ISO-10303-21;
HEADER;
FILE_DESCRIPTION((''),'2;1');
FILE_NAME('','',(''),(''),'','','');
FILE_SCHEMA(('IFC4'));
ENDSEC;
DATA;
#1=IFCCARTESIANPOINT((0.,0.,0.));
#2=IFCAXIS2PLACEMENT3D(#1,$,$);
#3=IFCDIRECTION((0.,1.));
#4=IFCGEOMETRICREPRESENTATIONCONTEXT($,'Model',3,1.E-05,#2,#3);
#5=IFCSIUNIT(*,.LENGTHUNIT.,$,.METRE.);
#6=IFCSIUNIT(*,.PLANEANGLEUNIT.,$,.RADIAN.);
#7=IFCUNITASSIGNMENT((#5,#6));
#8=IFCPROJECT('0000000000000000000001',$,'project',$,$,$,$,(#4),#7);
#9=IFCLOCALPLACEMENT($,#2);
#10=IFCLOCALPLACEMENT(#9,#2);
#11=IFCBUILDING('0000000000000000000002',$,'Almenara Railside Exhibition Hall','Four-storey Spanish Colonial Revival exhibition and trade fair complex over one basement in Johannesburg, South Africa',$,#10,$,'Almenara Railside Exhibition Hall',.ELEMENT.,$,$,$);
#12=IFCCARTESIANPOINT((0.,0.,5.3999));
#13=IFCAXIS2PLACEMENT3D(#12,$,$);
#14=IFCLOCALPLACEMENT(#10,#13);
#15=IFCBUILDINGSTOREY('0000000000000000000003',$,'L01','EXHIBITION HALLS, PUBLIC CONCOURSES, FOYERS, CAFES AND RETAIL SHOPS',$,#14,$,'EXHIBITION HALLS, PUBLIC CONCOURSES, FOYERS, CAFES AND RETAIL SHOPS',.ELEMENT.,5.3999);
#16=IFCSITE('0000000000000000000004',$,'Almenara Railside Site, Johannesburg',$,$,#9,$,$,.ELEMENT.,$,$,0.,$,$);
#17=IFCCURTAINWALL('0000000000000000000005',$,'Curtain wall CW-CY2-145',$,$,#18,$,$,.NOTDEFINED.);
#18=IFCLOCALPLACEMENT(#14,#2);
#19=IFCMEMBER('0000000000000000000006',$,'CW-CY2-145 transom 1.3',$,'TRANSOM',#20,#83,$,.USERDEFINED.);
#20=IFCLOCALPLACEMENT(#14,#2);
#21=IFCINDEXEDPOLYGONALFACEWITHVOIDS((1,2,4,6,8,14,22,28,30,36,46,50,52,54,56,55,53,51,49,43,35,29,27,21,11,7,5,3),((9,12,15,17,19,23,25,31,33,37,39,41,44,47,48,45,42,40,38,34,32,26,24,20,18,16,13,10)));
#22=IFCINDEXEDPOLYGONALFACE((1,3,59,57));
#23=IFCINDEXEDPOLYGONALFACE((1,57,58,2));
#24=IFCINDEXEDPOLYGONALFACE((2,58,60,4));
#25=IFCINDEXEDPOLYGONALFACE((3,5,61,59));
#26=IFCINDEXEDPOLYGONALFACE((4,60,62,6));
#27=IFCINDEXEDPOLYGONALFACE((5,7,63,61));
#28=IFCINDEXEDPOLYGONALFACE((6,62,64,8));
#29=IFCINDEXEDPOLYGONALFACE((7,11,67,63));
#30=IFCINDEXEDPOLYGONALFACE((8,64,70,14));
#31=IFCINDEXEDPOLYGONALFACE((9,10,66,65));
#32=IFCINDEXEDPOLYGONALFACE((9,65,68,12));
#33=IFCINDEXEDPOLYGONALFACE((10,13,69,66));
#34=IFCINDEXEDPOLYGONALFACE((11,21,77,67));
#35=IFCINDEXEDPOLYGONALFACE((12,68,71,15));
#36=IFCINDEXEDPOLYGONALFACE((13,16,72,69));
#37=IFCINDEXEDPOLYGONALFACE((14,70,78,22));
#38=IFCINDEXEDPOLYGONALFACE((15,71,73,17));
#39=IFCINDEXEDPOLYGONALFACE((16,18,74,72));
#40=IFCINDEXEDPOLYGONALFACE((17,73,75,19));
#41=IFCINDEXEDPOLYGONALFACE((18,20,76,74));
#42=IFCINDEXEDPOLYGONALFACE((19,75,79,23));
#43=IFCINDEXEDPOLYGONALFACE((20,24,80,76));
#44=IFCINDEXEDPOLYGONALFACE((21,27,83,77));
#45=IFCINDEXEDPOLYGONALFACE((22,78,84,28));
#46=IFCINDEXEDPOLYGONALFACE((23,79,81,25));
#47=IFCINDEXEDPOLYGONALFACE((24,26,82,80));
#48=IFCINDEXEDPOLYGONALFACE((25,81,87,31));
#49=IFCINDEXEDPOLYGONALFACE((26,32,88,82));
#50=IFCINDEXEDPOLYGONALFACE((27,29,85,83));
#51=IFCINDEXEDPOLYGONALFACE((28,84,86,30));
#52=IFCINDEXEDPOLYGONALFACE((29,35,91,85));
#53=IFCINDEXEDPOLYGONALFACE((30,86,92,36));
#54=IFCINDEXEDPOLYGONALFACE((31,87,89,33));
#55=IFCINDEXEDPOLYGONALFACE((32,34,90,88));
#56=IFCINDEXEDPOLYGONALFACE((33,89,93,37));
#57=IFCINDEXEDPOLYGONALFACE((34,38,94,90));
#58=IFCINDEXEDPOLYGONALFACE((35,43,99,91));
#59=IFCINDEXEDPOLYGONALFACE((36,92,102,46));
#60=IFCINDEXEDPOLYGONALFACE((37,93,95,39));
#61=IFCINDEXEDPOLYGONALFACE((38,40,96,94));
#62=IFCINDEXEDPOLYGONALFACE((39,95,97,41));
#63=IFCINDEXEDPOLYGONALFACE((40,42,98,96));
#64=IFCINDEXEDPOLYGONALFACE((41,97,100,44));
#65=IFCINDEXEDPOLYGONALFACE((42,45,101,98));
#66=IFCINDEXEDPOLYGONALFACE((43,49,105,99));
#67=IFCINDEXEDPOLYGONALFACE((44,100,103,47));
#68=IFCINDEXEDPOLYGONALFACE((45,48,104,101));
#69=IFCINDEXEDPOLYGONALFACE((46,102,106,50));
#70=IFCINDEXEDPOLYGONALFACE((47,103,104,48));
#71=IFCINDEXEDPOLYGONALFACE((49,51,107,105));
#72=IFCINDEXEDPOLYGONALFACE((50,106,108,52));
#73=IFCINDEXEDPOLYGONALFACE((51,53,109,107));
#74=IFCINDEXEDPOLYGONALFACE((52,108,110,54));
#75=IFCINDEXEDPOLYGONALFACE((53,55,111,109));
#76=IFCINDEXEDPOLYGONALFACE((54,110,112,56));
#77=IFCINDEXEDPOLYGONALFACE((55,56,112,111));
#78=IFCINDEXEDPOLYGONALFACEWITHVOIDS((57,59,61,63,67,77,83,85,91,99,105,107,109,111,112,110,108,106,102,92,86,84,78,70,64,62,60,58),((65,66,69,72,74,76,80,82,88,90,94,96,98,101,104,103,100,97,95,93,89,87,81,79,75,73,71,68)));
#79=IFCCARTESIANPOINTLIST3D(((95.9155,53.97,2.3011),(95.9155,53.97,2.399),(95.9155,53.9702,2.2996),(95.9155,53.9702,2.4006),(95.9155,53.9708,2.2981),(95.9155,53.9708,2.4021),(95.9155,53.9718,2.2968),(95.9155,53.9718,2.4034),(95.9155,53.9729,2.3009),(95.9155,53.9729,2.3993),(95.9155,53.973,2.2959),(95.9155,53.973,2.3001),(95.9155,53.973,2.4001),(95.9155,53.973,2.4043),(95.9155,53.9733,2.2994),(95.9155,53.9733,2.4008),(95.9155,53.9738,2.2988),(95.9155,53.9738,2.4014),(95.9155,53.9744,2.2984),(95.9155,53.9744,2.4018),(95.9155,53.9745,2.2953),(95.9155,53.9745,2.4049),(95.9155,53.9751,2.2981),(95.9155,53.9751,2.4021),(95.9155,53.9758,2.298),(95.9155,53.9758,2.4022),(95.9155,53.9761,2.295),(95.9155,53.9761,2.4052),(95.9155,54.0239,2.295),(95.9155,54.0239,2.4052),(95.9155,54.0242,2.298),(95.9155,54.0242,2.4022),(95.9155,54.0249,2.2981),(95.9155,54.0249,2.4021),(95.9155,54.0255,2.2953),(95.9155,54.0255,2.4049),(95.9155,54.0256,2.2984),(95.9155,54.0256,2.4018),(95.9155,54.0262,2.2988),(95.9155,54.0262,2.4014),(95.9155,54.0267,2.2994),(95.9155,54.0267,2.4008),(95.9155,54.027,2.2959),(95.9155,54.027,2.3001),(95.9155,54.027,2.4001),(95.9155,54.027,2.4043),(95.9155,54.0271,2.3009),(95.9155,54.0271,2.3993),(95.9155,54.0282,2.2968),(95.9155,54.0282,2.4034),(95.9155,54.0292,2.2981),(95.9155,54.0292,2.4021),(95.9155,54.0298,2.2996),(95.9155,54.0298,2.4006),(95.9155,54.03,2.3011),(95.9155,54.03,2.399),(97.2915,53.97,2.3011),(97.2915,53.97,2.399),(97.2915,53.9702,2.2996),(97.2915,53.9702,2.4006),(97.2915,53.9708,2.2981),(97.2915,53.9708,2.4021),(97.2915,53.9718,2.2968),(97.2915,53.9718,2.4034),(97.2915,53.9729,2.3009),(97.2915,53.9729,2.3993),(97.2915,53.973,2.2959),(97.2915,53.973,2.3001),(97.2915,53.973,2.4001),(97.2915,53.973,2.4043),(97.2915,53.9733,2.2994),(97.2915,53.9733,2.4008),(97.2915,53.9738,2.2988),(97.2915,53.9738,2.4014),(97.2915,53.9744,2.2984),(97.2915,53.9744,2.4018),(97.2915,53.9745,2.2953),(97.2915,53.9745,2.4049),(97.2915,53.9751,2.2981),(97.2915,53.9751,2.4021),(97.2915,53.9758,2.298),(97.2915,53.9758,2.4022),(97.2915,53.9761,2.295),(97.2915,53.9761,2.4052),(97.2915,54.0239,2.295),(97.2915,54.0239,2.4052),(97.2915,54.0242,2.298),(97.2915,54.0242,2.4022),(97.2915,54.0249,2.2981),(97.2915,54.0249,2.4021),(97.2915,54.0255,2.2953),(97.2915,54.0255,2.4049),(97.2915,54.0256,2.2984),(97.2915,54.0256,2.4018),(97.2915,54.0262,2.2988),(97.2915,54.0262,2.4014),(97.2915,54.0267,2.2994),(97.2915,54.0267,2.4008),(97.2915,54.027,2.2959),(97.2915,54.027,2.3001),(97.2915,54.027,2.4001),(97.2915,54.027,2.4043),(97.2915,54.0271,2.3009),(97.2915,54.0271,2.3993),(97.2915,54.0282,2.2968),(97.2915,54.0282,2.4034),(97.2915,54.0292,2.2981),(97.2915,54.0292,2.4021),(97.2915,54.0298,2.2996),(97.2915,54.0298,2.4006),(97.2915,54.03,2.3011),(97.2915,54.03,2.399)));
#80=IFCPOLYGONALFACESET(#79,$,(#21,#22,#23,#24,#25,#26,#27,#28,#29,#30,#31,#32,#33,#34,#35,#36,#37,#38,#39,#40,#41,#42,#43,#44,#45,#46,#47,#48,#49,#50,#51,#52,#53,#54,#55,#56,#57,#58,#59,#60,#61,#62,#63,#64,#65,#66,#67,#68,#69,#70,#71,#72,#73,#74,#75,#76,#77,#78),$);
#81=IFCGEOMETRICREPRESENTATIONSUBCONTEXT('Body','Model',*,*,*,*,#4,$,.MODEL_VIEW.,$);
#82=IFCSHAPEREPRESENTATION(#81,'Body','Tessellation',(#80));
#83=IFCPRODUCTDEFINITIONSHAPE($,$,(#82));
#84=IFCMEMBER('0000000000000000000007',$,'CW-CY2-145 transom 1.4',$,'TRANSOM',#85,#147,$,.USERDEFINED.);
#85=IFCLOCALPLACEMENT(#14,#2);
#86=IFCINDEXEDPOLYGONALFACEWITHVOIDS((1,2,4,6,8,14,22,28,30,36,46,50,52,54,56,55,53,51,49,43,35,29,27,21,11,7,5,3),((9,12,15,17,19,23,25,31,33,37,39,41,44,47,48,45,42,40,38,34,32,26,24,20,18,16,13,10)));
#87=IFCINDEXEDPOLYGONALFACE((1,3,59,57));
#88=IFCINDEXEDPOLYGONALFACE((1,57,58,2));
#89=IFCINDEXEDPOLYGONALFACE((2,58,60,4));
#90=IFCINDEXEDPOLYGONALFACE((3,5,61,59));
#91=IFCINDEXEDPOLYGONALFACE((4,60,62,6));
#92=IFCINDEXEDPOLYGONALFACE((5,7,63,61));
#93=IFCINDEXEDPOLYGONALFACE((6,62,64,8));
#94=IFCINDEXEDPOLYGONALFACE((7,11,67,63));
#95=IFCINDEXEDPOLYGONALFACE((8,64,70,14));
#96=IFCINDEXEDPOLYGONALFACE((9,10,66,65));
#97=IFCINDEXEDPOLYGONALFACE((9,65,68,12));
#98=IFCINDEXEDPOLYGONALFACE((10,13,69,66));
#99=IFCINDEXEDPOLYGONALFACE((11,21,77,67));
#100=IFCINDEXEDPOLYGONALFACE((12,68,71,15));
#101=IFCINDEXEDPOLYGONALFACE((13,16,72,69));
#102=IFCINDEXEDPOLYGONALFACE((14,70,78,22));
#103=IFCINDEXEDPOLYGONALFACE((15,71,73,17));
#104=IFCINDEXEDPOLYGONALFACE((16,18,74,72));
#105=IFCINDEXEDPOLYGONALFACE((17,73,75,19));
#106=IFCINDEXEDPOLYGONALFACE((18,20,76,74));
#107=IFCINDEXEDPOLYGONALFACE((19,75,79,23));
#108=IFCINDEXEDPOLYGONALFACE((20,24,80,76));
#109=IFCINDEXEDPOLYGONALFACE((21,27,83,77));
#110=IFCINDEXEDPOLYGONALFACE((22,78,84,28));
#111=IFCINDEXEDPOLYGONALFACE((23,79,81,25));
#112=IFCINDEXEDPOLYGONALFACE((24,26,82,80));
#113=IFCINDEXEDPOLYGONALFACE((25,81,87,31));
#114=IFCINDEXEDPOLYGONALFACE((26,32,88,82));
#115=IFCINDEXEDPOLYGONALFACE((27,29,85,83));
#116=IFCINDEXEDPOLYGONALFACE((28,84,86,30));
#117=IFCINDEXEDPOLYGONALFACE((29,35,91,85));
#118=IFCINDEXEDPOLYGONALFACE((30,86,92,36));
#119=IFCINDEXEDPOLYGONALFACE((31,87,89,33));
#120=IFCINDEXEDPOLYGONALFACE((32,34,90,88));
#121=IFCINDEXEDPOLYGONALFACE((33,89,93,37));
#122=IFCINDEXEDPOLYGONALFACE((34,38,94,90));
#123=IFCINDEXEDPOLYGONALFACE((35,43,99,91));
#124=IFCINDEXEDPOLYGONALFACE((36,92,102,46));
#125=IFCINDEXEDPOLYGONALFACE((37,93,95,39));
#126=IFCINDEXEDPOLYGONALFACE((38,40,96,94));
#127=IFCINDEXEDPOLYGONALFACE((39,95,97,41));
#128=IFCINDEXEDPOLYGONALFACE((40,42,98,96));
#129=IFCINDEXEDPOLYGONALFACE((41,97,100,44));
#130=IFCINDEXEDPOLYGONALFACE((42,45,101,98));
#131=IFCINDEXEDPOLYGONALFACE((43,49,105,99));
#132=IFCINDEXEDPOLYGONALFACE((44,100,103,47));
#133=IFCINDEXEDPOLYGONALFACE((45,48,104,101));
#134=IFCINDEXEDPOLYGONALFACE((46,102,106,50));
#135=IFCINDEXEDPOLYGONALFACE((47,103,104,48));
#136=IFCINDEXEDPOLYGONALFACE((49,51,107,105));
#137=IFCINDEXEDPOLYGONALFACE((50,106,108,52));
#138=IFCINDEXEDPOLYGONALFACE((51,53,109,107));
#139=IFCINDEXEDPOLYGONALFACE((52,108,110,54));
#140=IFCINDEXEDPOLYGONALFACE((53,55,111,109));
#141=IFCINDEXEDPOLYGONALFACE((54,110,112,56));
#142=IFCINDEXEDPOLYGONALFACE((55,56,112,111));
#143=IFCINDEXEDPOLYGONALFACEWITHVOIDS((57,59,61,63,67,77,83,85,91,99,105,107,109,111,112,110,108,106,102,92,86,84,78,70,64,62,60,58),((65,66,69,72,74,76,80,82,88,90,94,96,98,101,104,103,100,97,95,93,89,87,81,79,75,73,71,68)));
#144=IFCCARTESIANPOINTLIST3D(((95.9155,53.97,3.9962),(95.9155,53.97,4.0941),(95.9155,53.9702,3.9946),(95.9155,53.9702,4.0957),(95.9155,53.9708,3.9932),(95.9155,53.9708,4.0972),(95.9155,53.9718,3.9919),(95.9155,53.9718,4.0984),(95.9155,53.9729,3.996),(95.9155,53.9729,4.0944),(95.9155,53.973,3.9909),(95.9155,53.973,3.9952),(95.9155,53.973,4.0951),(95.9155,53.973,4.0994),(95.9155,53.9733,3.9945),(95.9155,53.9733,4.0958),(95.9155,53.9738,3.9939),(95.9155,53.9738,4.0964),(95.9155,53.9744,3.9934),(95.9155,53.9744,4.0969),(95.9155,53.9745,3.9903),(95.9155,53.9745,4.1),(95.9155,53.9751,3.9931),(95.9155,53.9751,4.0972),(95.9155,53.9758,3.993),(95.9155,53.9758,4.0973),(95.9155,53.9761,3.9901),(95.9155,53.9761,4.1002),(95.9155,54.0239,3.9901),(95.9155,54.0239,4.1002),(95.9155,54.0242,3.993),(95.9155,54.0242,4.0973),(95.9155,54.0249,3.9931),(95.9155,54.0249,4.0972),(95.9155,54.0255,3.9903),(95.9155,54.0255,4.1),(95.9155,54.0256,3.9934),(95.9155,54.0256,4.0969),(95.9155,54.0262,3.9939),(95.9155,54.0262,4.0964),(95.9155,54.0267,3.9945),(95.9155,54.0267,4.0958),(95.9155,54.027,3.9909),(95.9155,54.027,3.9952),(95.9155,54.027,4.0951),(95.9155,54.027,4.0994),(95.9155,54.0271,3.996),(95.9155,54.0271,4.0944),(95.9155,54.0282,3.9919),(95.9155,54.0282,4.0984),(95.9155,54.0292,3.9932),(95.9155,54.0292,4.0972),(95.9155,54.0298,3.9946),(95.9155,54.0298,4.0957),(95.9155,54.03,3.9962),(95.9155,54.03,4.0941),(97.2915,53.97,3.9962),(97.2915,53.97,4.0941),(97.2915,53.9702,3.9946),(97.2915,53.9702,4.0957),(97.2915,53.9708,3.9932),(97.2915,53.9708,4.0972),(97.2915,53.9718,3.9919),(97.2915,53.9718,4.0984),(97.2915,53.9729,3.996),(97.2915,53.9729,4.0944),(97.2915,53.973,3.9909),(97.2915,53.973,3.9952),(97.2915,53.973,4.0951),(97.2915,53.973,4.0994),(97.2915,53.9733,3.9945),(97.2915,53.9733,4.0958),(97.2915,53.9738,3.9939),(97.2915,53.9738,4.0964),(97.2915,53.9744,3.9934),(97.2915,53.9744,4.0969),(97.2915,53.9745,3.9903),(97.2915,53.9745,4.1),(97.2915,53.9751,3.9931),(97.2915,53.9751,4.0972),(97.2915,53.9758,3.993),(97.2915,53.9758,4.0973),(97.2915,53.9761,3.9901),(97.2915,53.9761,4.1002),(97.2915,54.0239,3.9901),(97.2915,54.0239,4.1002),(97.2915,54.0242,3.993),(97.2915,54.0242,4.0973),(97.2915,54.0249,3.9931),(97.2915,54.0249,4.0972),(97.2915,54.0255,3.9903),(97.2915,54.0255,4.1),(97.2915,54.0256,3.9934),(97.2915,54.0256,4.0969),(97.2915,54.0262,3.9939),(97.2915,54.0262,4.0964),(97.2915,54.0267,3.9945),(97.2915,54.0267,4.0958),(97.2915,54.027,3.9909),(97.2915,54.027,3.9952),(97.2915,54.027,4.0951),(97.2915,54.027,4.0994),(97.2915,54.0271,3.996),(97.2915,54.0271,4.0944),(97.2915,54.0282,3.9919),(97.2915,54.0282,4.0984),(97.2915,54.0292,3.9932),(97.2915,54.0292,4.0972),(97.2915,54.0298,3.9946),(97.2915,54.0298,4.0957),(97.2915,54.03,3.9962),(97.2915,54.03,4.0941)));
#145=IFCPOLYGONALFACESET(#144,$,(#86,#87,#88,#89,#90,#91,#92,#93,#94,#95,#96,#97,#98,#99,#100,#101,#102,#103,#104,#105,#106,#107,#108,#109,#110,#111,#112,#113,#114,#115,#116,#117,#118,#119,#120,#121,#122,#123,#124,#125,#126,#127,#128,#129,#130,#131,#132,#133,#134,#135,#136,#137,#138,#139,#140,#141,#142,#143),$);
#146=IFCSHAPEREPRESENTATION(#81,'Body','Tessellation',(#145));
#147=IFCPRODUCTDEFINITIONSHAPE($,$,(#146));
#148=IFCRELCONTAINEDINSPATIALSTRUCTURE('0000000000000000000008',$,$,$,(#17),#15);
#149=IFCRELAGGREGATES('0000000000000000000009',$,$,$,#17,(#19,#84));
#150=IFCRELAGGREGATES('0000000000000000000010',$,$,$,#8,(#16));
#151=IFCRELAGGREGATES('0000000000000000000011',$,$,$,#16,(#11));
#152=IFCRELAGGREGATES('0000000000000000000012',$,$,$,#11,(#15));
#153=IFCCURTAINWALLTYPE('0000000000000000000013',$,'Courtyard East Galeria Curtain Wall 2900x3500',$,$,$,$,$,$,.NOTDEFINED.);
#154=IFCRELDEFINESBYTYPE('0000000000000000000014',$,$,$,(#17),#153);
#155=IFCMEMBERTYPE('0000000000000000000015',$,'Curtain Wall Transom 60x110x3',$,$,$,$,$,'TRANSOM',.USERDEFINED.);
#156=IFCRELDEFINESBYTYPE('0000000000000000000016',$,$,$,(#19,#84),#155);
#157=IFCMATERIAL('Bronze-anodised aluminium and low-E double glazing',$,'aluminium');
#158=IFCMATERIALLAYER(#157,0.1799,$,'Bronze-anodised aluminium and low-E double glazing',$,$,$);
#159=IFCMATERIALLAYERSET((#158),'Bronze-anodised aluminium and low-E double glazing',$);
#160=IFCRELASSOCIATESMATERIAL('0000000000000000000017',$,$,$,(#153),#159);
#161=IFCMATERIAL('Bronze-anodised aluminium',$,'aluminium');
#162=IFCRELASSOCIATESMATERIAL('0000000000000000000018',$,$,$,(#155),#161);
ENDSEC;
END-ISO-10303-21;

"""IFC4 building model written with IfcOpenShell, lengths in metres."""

from ifc_helpers import new_model, si_unit, direction, frame, origin, origin_2d, place, context, subcontext, project, spatial, hollow_rectangle, extrude, material, layer, layer_set, material_profile, profile_set, type_object, element, aggregate, save


model = new_model("IFC4")

# Units and contexts
model_context = context("Model", 3, precision=1e-05, world=origin(), true_north=direction((0.0, 1.0)))
body_context = subcontext(model_context, "Body", "Model", "MODEL_VIEW")
ifc_project = project(units=[si_unit("LENGTHUNIT", "METRE"), si_unit("PLANEANGLEUNIT", "RADIAN")], contexts=[model_context])

# Site, building, storey
site_placement = place(None, origin())
site = spatial("IfcSite", under=ifc_project, at=site_placement, Name="Almenara Railside Site, Johannesburg", CompositionType="ELEMENT", RefElevation=0.0)
building_placement = place(site_placement, origin())
building = spatial("IfcBuilding", under=site, at=building_placement, Name="Almenara Railside Exhibition Hall", Description="Four-storey Spanish Colonial Revival exhibition and trade fair complex over one basement in Johannesburg, South Africa", LongName="Almenara Railside Exhibition Hall", CompositionType="ELEMENT")
storey_placement = place(building_placement, frame((0.0, 0.0, 5.3999)))
storey = spatial("IfcBuildingStorey", under=building, at=storey_placement, Name="L01", Description="EXHIBITION HALLS, PUBLIC CONCOURSES, FOYERS, CAFES AND RETAIL SHOPS", LongName="EXHIBITION HALLS, PUBLIC CONCOURSES, FOYERS, CAFES AND RETAIL SHOPS", CompositionType="ELEMENT", Elevation=5.3999)

# Curtain wall
ifc_material_1 = material(Name="Bronze-anodised aluminium and low-E double glazing", Category="aluminium")
ifc_layer_1 = layer(ifc_material_1, 0.1799, Name="Bronze-anodised aluminium and low-E double glazing")
ifc_layer_set_1 = layer_set([ifc_layer_1], Name="Bronze-anodised aluminium and low-E double glazing")
curtain_wall_type = type_object("IfcCurtainWallType", Name="Courtyard East Galeria Curtain Wall 2900x3500", PredefinedType="NOTDEFINED", material=ifc_layer_set_1)
curtain_wall_1_placement = place(storey_placement, origin())
curtain_wall_1 = element("IfcCurtainWall", 1, at=curtain_wall_1_placement, inside=storey, type_object=curtain_wall_type, Name="Curtain wall CW-CY2-145", PredefinedType="NOTDEFINED")
ifc_material_2 = material(Name="Bronze-anodised aluminium", Category="aluminium")

# Members
ifc_material_profile_1 = material_profile(ifc_material_2, hollow_rectangle(XDim=0.0601, YDim=0.1101, WallThickness=0.0029, InnerFilletRadius=0.0029, OuterFilletRadius=0.0061, at=origin_2d()), Name="ALU-TRN 60x110x3")
ifc_profile_set_1 = profile_set([ifc_material_profile_1], Name="Bronze-anodised aluminium")
member_type_1 = type_object("IfcMemberType", Name="Curtain Wall Transom 60x110x3", ElementType="TRANSOM", PredefinedType="USERDEFINED", material=ifc_profile_set_1)
member_1_placement = place(storey_placement, frame((95.9155, 54.0, 2.3501), z_axis=(1.0, 0.0, 0.0), x_axis=(0.0, 1.0, 0.0)))
member_1 = element("IfcMember", 2, at=member_1_placement, type_object=member_type_1, Name="CW-CY2-145 transom 1.3", ObjectType="TRANSOM", PredefinedType="USERDEFINED", context=body_context, shape_type="SweptSolid", body=[
    extrude(hollow_rectangle(XDim=0.0601, YDim=0.1101, WallThickness=0.0029, InnerFilletRadius=0.0029, OuterFilletRadius=0.0061, at=origin_2d()), origin(), (0.0, 0.0, 1.0), 1.376),
])
member_2_placement = place(storey_placement, frame((95.9155, 54.0, 4.0452), z_axis=(1.0, 0.0, 0.0), x_axis=(0.0, 1.0, 0.0)))
member_2 = element("IfcMember", 3, at=member_2_placement, type_object=member_type_1, Name="CW-CY2-145 transom 1.4", ObjectType="TRANSOM", PredefinedType="USERDEFINED", context=body_context, shape_type="SweptSolid", body=[
    extrude(hollow_rectangle(XDim=0.0601, YDim=0.1101, WallThickness=0.0029, InnerFilletRadius=0.0029, OuterFilletRadius=0.0061, at=origin_2d()), origin(), (0.0, 0.0, 1.0), 1.376),
])

aggregate(curtain_wall_1, [member_1, member_2])

save(model, "model.ifc")
